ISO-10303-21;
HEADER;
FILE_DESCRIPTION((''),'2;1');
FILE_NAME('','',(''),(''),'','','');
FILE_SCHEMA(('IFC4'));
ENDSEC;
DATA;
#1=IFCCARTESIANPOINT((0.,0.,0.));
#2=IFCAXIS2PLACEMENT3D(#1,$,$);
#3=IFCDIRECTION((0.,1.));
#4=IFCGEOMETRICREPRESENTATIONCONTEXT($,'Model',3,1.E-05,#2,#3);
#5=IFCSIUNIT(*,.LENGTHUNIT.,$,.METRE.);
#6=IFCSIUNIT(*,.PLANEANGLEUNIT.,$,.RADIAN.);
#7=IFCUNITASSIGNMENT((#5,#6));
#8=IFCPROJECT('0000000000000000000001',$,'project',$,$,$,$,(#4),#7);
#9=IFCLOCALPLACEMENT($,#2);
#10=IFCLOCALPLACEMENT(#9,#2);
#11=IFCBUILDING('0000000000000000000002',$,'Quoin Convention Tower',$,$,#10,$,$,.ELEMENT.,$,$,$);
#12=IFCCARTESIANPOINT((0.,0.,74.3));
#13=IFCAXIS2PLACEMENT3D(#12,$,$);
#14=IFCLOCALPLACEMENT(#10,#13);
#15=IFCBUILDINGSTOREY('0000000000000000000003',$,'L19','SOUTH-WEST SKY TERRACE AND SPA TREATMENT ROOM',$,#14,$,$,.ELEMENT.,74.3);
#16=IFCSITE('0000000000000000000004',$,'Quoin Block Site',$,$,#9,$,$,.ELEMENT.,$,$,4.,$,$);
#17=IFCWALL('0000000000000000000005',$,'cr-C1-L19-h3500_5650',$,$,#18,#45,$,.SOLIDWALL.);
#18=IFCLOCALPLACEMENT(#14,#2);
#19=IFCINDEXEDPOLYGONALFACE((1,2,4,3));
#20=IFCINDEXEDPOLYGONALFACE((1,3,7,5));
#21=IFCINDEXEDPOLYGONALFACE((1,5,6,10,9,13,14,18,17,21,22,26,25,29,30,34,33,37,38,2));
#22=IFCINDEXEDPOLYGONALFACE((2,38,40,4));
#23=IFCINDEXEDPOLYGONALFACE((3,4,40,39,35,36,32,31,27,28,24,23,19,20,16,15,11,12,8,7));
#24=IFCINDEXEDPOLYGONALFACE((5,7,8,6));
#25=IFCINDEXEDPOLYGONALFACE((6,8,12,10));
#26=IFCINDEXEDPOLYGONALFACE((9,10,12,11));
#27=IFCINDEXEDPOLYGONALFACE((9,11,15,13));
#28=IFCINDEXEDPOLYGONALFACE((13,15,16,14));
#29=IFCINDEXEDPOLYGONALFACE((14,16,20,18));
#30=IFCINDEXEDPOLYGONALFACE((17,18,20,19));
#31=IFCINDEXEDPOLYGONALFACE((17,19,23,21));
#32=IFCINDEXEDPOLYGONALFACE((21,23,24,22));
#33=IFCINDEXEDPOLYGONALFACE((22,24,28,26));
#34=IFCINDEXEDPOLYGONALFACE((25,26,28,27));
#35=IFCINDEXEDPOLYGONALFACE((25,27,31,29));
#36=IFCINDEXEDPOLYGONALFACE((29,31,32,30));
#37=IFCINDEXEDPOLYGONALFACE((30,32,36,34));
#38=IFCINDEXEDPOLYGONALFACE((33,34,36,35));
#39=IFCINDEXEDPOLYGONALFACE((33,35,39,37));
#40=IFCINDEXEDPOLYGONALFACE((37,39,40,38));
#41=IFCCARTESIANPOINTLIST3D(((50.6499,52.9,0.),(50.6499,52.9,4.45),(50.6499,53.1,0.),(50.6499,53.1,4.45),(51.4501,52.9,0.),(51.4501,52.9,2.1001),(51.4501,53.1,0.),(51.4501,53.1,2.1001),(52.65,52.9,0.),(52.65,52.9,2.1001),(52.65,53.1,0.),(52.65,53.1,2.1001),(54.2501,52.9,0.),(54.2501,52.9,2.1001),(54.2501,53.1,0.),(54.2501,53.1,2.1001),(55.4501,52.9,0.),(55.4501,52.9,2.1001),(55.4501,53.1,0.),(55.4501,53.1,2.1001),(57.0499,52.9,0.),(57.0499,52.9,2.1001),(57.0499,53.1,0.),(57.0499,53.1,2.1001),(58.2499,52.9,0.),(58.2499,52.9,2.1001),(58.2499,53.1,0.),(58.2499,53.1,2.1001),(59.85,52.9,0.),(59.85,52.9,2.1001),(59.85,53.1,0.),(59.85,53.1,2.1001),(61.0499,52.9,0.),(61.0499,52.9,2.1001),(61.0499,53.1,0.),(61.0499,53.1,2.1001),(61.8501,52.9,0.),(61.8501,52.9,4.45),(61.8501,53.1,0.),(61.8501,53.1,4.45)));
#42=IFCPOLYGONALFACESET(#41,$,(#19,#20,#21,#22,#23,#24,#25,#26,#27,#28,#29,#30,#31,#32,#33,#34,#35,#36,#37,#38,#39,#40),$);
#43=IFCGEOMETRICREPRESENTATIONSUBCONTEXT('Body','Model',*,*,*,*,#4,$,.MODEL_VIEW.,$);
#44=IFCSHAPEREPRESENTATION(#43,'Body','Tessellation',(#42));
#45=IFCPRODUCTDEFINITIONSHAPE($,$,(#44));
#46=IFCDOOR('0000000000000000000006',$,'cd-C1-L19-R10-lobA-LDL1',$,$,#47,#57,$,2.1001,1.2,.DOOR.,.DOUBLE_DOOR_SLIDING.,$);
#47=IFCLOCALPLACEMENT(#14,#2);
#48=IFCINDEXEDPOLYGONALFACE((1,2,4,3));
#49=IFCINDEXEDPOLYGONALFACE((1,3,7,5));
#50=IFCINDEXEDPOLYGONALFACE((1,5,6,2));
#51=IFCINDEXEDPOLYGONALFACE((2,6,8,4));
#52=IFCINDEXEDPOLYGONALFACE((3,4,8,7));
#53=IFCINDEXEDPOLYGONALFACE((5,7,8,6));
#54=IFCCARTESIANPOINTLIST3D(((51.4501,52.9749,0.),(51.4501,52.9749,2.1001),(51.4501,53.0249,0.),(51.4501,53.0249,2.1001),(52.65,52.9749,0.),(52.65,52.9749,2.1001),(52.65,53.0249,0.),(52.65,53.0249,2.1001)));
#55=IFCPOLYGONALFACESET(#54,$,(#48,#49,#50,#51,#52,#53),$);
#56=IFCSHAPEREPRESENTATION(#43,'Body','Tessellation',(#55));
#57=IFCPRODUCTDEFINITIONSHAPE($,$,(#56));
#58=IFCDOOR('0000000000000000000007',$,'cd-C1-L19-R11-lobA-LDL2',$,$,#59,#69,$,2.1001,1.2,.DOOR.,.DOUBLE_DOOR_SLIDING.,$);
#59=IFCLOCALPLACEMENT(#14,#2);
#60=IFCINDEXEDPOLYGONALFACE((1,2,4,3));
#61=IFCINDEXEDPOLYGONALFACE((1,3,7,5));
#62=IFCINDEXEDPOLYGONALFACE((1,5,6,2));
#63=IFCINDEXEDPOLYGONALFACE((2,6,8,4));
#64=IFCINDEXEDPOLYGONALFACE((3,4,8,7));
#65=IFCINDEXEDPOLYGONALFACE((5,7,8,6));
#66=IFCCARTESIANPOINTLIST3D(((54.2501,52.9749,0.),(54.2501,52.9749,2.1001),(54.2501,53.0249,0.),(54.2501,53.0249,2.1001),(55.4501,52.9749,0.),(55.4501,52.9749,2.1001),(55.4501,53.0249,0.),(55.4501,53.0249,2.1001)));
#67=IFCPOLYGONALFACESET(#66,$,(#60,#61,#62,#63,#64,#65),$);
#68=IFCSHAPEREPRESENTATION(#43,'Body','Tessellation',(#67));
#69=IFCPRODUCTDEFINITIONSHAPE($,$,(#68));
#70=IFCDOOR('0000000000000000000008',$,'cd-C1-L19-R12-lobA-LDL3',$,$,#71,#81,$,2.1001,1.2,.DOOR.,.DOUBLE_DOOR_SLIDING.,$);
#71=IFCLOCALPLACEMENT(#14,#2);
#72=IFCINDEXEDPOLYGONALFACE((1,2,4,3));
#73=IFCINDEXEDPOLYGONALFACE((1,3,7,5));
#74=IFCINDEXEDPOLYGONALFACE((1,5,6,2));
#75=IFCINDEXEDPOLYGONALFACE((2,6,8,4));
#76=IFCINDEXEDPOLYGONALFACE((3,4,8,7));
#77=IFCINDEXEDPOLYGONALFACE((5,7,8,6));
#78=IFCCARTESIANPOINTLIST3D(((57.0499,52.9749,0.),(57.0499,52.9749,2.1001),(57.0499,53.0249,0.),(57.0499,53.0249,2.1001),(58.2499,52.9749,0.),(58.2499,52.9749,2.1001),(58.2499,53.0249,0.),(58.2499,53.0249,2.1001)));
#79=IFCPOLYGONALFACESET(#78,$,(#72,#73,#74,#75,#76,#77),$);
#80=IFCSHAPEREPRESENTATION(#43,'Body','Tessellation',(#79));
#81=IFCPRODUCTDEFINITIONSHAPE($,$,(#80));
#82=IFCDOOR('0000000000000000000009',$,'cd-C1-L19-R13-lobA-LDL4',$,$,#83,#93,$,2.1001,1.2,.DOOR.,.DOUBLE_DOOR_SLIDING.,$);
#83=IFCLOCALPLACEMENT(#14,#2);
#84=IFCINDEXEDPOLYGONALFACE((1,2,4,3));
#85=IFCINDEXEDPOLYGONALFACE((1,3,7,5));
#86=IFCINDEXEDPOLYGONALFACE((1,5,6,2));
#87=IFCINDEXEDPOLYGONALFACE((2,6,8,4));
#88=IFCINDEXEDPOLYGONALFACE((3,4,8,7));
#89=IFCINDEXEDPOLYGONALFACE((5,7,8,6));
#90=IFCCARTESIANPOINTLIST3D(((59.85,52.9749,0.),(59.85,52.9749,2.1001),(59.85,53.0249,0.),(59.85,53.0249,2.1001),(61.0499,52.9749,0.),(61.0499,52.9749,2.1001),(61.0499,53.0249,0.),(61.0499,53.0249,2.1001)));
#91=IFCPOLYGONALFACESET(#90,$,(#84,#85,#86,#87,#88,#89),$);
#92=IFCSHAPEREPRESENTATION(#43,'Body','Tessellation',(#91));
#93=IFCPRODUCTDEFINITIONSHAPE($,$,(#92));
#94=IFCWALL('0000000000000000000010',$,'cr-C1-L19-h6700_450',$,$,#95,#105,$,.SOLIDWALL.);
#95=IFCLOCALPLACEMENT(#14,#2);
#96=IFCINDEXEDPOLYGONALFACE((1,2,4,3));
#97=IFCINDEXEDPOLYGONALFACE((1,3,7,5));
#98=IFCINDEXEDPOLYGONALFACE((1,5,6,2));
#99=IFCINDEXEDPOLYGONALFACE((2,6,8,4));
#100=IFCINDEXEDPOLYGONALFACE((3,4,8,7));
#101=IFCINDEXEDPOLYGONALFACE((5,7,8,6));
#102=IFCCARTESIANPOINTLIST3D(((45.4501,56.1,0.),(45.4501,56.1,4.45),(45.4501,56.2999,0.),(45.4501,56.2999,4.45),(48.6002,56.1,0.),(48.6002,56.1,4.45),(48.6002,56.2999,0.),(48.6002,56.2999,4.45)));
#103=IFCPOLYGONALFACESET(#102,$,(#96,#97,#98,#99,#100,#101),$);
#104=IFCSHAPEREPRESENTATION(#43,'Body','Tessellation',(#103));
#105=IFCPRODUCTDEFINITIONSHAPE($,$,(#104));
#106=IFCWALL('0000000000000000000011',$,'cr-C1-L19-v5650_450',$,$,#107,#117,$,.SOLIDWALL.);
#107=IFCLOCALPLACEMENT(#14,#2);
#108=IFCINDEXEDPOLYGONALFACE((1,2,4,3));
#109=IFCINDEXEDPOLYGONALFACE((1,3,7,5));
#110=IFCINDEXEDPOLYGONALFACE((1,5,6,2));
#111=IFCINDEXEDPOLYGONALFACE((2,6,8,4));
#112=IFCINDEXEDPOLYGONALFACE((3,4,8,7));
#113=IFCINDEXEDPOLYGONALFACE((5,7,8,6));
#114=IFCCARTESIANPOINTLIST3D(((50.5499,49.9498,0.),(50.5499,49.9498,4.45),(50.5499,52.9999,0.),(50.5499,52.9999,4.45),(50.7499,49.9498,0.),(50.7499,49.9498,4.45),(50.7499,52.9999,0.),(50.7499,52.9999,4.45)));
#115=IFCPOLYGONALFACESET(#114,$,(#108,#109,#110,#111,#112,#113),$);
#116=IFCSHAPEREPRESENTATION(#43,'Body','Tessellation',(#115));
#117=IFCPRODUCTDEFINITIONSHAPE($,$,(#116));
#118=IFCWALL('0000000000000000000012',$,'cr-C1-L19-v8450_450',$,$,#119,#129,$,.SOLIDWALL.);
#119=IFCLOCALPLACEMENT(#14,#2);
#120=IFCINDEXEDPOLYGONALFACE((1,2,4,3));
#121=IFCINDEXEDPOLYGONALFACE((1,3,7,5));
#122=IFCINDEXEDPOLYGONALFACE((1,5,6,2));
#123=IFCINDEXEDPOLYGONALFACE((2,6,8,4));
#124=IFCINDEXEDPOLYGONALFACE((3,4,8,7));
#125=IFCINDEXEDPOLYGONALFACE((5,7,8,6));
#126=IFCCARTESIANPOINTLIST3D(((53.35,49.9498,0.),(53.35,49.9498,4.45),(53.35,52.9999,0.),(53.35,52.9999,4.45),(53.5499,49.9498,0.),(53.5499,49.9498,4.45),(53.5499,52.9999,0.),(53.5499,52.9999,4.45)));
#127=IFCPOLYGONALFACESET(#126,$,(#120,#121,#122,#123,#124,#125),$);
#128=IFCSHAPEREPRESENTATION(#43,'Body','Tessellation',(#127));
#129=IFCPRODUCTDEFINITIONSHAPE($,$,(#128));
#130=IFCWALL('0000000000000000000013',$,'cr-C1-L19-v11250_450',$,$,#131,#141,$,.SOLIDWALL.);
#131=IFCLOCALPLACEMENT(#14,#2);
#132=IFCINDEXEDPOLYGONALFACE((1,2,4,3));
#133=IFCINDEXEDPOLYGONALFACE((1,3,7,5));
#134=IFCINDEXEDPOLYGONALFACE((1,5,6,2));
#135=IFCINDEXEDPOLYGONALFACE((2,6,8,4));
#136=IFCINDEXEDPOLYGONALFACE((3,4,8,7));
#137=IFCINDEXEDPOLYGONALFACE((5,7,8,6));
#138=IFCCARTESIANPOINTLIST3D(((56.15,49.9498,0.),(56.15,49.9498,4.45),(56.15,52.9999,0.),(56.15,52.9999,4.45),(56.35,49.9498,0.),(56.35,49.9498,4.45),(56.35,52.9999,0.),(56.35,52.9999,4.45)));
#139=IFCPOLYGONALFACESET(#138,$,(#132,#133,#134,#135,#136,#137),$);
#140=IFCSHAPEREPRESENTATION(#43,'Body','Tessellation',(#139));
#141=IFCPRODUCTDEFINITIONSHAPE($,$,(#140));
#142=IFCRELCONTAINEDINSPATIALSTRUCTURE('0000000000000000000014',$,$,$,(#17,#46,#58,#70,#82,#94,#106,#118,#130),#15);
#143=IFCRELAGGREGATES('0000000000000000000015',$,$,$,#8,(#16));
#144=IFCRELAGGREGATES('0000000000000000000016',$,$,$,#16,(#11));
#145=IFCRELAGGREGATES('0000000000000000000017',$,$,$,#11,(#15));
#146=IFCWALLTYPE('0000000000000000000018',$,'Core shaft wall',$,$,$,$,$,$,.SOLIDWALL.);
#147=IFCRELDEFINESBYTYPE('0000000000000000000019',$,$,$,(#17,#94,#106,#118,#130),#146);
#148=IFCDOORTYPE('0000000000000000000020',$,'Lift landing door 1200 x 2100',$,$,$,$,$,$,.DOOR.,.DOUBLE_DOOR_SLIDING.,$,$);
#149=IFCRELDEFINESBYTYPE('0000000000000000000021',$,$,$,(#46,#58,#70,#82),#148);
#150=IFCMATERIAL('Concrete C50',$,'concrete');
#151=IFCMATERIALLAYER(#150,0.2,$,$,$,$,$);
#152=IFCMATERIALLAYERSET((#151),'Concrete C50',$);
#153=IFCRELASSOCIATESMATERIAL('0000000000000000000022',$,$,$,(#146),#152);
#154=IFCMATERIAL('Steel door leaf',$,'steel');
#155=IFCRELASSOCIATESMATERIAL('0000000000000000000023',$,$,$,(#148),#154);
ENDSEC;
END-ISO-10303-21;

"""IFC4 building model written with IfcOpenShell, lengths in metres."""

from ifc_helpers import new_model, si_unit, direction, frame, frame_2d, origin, place, context, subcontext, project, spatial, rectangle, extrude, material, layer, layer_set, type_object, element, fill, save


model = new_model("IFC4")

# Units and contexts
model_context = context("Model", 3, precision=1e-05, world=origin(), true_north=direction((0.0, 1.0)))
body_context = subcontext(model_context, "Body", "Model", "MODEL_VIEW")
ifc_project = project(units=[si_unit("LENGTHUNIT", "METRE"), si_unit("PLANEANGLEUNIT", "RADIAN")], contexts=[model_context])

# Site, building, storey
site_placement = place(None, origin())
site = spatial("IfcSite", under=ifc_project, at=site_placement, Name="Quoin Block Site", CompositionType="ELEMENT", RefElevation=4.0)
building_placement = place(site_placement, origin())
building = spatial("IfcBuilding", under=site, at=building_placement, Name="Quoin Convention Tower", CompositionType="ELEMENT")
storey_placement = place(building_placement, frame((0.0, 0.0, 74.3)))
storey = spatial("IfcBuildingStorey", under=building, at=storey_placement, Name="L19", Description="SOUTH-WEST SKY TERRACE AND SPA TREATMENT ROOM", CompositionType="ELEMENT", Elevation=74.3)

# Shared definitions
ifc_material_1 = material(Name="Steel door leaf", Category="steel")

# Wall, openings, doors
ifc_material_2 = material(Name="Concrete C50", Category="concrete")
ifc_layer_1 = layer(ifc_material_2, 0.2)
ifc_layer_set_1 = layer_set([ifc_layer_1], Name="Concrete C50")
wall_type_1 = type_object("IfcWallType", Name="Core shaft wall", PredefinedType="SOLIDWALL", material=ifc_layer_set_1)
wall_1_placement = place(storey_placement, frame((50.6499, 53.0, 0.0), z_axis=(0.0, 0.0, 1.0), x_axis=(1.0, 0.0, 0.0)))
wall_1 = element("IfcWall", 1, at=wall_1_placement, inside=storey, type_object=wall_type_1, Name="cr-C1-L19-h3500_5650", PredefinedType="SOLIDWALL", context=body_context, shape_type="SweptSolid", body=[
    extrude(rectangle(XDim=11.2002, YDim=0.2, at=frame_2d((5.6001, 0.0))), origin(), (0.0, 0.0, 1.0), 4.45),
])
opening_1_placement = place(wall_1_placement, frame((0.8, 0.0, 0.0)))
opening_1 = element("IfcOpeningElement", 2, at=opening_1_placement, cuts=wall_1, PredefinedType="OPENING", context=body_context, shape_type="SweptSolid", body=[
    extrude(rectangle(XDim=1.2, YDim=2.1001, at=frame_2d((0.6001, 1.05))), frame((0.0, 0.1099, 0.0), z_axis=(0.0, -1.0, 0.0), x_axis=(1.0, 0.0, 0.0)), (0.0, 0.0, 1.0), 0.22),
])
opening_2_placement = place(wall_1_placement, frame((3.6001, 0.0, 0.0)))
opening_2 = element("IfcOpeningElement", 3, at=opening_2_placement, cuts=wall_1, PredefinedType="OPENING", context=body_context, shape_type="SweptSolid", body=[
    extrude(rectangle(XDim=1.2, YDim=2.1001, at=frame_2d((0.6001, 1.05))), frame((0.0, 0.1099, 0.0), z_axis=(0.0, -1.0, 0.0), x_axis=(1.0, 0.0, 0.0)), (0.0, 0.0, 1.0), 0.22),
])
opening_3_placement = place(wall_1_placement, frame((6.3999, 0.0, 0.0)))
opening_3 = element("IfcOpeningElement", 4, at=opening_3_placement, cuts=wall_1, PredefinedType="OPENING", context=body_context, shape_type="SweptSolid", body=[
    extrude(rectangle(XDim=1.2, YDim=2.1001, at=frame_2d((0.6001, 1.05))), frame((0.0, 0.1099, 0.0), z_axis=(0.0, -1.0, 0.0), x_axis=(1.0, 0.0, 0.0)), (0.0, 0.0, 1.0), 0.22),
])
opening_4_placement = place(wall_1_placement, frame((9.2, 0.0, 0.0)))
opening_4 = element("IfcOpeningElement", 5, at=opening_4_placement, cuts=wall_1, PredefinedType="OPENING", context=body_context, shape_type="SweptSolid", body=[
    extrude(rectangle(XDim=1.2, YDim=2.1001, at=frame_2d((0.6001, 1.05))), frame((0.0, 0.1099, 0.0), z_axis=(0.0, -1.0, 0.0), x_axis=(1.0, 0.0, 0.0)), (0.0, 0.0, 1.0), 0.22),
])
door_type_1 = type_object("IfcDoorType", Name="Lift landing door 1200 x 2100", OperationType="DOUBLE_DOOR_SLIDING", PredefinedType="DOOR", material=ifc_material_1)
door_1_placement = place(opening_1_placement, origin())
door_1 = element("IfcDoor", 6, at=door_1_placement, inside=storey, type_object=door_type_1, Name="cd-C1-L19-R10-lobA-LDL1", OperationType="DOUBLE_DOOR_SLIDING", OverallHeight=2.1001, OverallWidth=1.2, PredefinedType="DOOR", context=body_context, shape_type="SweptSolid", body=[
    extrude(rectangle(XDim=1.2, YDim=2.1001, at=frame_2d((0.6001, 1.05))), frame((0.0, 0.0249, 0.0), z_axis=(0.0, -1.0, 0.0), x_axis=(1.0, 0.0, 0.0)), (0.0, 0.0, 1.0), 0.05),
])
fill(opening_1, door_1)
door_2_placement = place(opening_2_placement, origin())
door_2 = element("IfcDoor", 7, at=door_2_placement, inside=storey, type_object=door_type_1, Name="cd-C1-L19-R11-lobA-LDL2", OperationType="DOUBLE_DOOR_SLIDING", OverallHeight=2.1001, OverallWidth=1.2, PredefinedType="DOOR", context=body_context, shape_type="SweptSolid", body=[
    extrude(rectangle(XDim=1.2, YDim=2.1001, at=frame_2d((0.6001, 1.05))), frame((0.0, 0.0249, 0.0), z_axis=(0.0, -1.0, 0.0), x_axis=(1.0, 0.0, 0.0)), (0.0, 0.0, 1.0), 0.05),
])
fill(opening_2, door_2)
door_3_placement = place(opening_3_placement, origin())
door_3 = element("IfcDoor", 8, at=door_3_placement, inside=storey, type_object=door_type_1, Name="cd-C1-L19-R12-lobA-LDL3", OperationType="DOUBLE_DOOR_SLIDING", OverallHeight=2.1001, OverallWidth=1.2, PredefinedType="DOOR", context=body_context, shape_type="SweptSolid", body=[
    extrude(rectangle(XDim=1.2, YDim=2.1001, at=frame_2d((0.6001, 1.05))), frame((0.0, 0.0249, 0.0), z_axis=(0.0, -1.0, 0.0), x_axis=(1.0, 0.0, 0.0)), (0.0, 0.0, 1.0), 0.05),
])
fill(opening_3, door_3)
door_4_placement = place(opening_4_placement, origin())
door_4 = element("IfcDoor", 9, at=door_4_placement, inside=storey, type_object=door_type_1, Name="cd-C1-L19-R13-lobA-LDL4", OperationType="DOUBLE_DOOR_SLIDING", OverallHeight=2.1001, OverallWidth=1.2, PredefinedType="DOOR", context=body_context, shape_type="SweptSolid", body=[
    extrude(rectangle(XDim=1.2, YDim=2.1001, at=frame_2d((0.6001, 1.05))), frame((0.0, 0.0249, 0.0), z_axis=(0.0, -1.0, 0.0), x_axis=(1.0, 0.0, 0.0)), (0.0, 0.0, 1.0), 0.05),
])
fill(opening_4, door_4)

# Walls
wall_2_placement = place(storey_placement, frame((45.45, 56.2, 0.0), z_axis=(0.0, 0.0, 1.0), x_axis=(1.0, 0.0, 0.0)))
element("IfcWall", 10, at=wall_2_placement, inside=storey, type_object=wall_type_1, Name="cr-C1-L19-h6700_450", PredefinedType="SOLIDWALL", context=body_context, shape_type="SweptSolid", body=[
    extrude(rectangle(XDim=3.1501, YDim=0.2, at=frame_2d((1.5752, 0.0))), origin(), (0.0, 0.0, 1.0), 4.45),
])
for number, where, z_axis, x_axis, name in (
    (11, (50.6499, 49.95, 0.0), (0.0, 0.0, 1.0), (0.0, 1.0, 0.0), "cr-C1-L19-v5650_450"),
    (12, (53.45, 49.95, 0.0), (0.0, 0.0, 1.0), (0.0, 1.0, 0.0), "cr-C1-L19-v8450_450"),
    (13, (56.25, 49.95, 0.0), (0.0, 0.0, 1.0), (0.0, 1.0, 0.0), "cr-C1-L19-v11250_450"),
):
    element("IfcWall", number, at=place(storey_placement, frame(where, z_axis=z_axis, x_axis=x_axis)), inside=storey, type_object=wall_type_1, Name=name, PredefinedType="SOLIDWALL", context=body_context, shape_type="SweptSolid", body=[
        extrude(rectangle(XDim=3.05, YDim=0.2, at=frame_2d((1.5249, 0.0))), origin(), (0.0, 0.0, 1.0), 4.45),
    ])

save(model, "model.ifc")
